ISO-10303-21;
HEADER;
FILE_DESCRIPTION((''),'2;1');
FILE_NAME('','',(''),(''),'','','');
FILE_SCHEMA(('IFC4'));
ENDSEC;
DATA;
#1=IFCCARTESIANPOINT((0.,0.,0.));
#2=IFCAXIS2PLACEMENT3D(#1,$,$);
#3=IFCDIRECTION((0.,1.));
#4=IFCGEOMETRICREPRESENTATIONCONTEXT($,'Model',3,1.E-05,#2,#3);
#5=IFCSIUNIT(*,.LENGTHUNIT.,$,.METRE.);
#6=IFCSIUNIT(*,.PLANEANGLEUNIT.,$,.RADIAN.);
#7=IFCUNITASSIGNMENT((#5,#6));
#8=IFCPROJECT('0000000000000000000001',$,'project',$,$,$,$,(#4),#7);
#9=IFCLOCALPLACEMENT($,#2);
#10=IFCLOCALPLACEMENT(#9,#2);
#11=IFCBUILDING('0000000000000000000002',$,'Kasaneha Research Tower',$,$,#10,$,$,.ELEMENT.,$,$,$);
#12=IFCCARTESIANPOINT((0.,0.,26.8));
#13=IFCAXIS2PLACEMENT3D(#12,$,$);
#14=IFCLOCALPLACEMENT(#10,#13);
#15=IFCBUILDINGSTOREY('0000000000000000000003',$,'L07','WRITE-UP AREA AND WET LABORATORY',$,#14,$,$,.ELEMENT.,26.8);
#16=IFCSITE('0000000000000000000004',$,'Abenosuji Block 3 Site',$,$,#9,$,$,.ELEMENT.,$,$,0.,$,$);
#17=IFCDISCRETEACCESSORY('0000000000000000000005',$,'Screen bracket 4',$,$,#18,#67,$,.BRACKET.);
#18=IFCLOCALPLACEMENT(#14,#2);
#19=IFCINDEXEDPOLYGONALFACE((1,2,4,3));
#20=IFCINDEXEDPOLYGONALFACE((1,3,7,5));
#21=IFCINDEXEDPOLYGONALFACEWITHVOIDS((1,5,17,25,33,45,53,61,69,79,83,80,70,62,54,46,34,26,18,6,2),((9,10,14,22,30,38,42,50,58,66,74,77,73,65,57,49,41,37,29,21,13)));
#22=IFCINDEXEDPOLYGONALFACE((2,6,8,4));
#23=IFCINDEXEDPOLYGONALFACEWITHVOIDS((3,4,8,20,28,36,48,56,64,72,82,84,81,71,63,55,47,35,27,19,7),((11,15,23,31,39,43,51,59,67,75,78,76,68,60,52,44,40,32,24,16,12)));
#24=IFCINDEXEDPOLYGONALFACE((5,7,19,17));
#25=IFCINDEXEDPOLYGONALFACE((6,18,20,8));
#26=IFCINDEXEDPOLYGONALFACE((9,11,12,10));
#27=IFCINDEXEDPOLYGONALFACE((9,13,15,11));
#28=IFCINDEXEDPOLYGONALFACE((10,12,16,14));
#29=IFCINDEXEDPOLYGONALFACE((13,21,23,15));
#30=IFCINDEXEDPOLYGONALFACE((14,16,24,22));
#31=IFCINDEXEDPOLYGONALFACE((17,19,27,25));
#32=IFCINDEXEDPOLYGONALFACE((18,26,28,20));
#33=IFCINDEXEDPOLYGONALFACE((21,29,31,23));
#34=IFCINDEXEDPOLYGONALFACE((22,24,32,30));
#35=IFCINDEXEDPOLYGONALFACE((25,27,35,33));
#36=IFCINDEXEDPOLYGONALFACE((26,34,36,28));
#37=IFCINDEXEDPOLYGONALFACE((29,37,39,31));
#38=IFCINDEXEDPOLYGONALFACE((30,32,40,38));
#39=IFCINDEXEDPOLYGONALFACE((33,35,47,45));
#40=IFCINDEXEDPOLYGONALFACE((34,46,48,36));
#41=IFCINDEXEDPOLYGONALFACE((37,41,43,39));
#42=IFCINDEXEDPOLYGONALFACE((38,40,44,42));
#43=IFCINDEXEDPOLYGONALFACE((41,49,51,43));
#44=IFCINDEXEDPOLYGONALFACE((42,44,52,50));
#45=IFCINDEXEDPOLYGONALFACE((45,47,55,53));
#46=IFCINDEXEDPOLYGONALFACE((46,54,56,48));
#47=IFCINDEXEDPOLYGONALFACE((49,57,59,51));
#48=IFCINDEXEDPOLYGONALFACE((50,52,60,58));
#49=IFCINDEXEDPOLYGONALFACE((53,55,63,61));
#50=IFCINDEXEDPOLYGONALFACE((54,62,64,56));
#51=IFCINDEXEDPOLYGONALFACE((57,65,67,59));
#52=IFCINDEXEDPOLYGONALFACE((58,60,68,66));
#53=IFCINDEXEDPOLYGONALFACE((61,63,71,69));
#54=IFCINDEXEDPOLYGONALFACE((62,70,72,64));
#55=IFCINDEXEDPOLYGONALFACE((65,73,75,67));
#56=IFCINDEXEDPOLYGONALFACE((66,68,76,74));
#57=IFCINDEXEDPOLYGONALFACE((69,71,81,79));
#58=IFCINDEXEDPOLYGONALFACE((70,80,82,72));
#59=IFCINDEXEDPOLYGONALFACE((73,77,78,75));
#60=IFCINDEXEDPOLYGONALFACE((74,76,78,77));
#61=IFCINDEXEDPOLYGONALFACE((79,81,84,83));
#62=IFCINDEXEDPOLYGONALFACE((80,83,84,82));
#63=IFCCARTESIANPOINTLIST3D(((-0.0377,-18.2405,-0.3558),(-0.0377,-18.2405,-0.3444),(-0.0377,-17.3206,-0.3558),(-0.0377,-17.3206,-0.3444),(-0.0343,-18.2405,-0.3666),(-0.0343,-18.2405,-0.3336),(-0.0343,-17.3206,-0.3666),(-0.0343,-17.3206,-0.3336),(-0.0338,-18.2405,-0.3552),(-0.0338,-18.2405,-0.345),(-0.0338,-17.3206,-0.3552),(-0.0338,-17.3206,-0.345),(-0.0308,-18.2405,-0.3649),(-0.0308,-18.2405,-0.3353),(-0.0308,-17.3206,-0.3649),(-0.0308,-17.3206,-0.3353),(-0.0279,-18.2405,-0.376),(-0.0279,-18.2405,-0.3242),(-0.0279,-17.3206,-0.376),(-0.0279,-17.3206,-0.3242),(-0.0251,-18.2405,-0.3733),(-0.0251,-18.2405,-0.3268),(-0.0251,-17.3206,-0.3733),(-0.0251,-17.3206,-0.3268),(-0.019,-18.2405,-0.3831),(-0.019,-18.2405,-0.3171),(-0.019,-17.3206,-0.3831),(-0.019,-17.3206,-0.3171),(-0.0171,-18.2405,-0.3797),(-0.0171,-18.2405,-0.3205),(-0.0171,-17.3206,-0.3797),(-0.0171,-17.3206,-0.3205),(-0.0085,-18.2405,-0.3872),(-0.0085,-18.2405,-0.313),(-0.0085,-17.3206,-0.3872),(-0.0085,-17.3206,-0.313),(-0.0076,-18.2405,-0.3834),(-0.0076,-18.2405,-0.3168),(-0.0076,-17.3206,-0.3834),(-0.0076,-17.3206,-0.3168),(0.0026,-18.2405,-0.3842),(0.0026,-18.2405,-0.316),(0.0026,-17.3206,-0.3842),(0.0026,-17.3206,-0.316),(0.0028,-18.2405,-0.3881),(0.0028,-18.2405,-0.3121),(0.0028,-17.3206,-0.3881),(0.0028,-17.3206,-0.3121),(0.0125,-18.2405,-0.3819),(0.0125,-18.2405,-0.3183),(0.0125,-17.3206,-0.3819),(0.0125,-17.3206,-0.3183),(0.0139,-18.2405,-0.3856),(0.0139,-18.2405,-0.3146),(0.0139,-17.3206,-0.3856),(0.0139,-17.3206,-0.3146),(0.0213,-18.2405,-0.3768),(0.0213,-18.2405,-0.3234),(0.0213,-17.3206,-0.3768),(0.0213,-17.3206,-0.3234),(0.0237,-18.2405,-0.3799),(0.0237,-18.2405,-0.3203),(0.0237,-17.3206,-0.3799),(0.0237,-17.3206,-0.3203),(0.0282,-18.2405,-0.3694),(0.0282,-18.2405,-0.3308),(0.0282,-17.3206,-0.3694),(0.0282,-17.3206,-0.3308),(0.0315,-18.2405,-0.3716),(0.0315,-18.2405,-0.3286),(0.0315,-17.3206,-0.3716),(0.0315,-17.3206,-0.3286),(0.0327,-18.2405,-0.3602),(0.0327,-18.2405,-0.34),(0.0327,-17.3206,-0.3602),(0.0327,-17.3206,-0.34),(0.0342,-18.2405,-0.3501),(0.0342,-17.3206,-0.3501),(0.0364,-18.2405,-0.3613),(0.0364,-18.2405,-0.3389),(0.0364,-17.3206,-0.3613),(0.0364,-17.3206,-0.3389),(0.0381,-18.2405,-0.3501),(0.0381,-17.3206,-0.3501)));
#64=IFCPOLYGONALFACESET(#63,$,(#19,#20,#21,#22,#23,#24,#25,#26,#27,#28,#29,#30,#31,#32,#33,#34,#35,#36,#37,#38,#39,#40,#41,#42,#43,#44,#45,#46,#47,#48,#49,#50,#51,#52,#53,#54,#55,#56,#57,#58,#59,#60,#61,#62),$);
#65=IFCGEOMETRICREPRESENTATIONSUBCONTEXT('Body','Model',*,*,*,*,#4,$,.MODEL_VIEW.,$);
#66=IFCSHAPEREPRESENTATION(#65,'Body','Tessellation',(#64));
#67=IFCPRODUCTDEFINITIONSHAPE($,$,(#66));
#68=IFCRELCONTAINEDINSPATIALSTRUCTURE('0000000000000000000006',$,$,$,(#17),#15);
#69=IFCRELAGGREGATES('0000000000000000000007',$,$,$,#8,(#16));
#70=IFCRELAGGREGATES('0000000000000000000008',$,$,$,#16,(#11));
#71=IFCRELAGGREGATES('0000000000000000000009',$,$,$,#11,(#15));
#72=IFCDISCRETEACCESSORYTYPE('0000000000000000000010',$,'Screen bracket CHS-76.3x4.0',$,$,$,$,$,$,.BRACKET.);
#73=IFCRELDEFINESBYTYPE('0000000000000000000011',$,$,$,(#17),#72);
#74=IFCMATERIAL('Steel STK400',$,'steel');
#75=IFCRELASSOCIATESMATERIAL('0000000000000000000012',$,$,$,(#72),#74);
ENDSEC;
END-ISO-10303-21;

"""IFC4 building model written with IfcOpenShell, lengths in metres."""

from ifc_helpers import new_model, si_unit, direction, frame, origin, origin_2d, place, context, subcontext, project, spatial, hollow_circle, extrude, material, material_profile, profile_set, type_object, element, save


model = new_model("IFC4")

# Units and contexts
model_context = context("Model", 3, precision=1e-05, world=origin(), true_north=direction((0.0, 1.0)))
body_context = subcontext(model_context, "Body", "Model", "MODEL_VIEW")
ifc_project = project(units=[si_unit("LENGTHUNIT", "METRE"), si_unit("PLANEANGLEUNIT", "RADIAN")], contexts=[model_context])

# Site, building, storey
site_placement = place(None, origin())
site = spatial("IfcSite", under=ifc_project, at=site_placement, Name="Abenosuji Block 3 Site", CompositionType="ELEMENT", RefElevation=0.0)
building_placement = place(site_placement, origin())
building = spatial("IfcBuilding", under=site, at=building_placement, Name="Kasaneha Research Tower", CompositionType="ELEMENT")
storey_placement = place(building_placement, frame((0.0, 0.0, 26.8)))
storey = spatial("IfcBuildingStorey", under=building, at=storey_placement, Name="L07", Description="WRITE-UP AREA AND WET LABORATORY", CompositionType="ELEMENT", Elevation=26.8)

# Discrete accessory
ifc_material_1 = material(Name="Steel STK400", Category="steel")
ifc_material_profile_1 = material_profile(ifc_material_1, hollow_circle(Radius=0.0381, WallThickness=0.0039, at=origin_2d()), Name="CHS-76.3x4.0")
ifc_profile_set_1 = profile_set([ifc_material_profile_1], Name="Steel STK400")
discrete_accessory_type = type_object("IfcDiscreteAccessoryType", Name="Screen bracket CHS-76.3x4.0", PredefinedType="BRACKET", material=ifc_profile_set_1)
for number, where, z_axis, x_axis, name in (
    (1, (0.0, -17.3206, -0.3501), (0.0, -1.0, 0.0), (1.0, 0.0, 0.0), "Screen bracket 4"),
):
    element("IfcDiscreteAccessory", number, at=place(storey_placement, frame(where, z_axis=z_axis, x_axis=x_axis)), inside=storey, type_object=discrete_accessory_type, Name=name, PredefinedType="BRACKET", context=body_context, shape_type="SweptSolid", body=[
        extrude(hollow_circle(Radius=0.0381, WallThickness=0.0039, at=origin_2d()), origin(), (0.0, 0.0, 1.0), 0.9199),
    ])

save(model, "model.ifc")
